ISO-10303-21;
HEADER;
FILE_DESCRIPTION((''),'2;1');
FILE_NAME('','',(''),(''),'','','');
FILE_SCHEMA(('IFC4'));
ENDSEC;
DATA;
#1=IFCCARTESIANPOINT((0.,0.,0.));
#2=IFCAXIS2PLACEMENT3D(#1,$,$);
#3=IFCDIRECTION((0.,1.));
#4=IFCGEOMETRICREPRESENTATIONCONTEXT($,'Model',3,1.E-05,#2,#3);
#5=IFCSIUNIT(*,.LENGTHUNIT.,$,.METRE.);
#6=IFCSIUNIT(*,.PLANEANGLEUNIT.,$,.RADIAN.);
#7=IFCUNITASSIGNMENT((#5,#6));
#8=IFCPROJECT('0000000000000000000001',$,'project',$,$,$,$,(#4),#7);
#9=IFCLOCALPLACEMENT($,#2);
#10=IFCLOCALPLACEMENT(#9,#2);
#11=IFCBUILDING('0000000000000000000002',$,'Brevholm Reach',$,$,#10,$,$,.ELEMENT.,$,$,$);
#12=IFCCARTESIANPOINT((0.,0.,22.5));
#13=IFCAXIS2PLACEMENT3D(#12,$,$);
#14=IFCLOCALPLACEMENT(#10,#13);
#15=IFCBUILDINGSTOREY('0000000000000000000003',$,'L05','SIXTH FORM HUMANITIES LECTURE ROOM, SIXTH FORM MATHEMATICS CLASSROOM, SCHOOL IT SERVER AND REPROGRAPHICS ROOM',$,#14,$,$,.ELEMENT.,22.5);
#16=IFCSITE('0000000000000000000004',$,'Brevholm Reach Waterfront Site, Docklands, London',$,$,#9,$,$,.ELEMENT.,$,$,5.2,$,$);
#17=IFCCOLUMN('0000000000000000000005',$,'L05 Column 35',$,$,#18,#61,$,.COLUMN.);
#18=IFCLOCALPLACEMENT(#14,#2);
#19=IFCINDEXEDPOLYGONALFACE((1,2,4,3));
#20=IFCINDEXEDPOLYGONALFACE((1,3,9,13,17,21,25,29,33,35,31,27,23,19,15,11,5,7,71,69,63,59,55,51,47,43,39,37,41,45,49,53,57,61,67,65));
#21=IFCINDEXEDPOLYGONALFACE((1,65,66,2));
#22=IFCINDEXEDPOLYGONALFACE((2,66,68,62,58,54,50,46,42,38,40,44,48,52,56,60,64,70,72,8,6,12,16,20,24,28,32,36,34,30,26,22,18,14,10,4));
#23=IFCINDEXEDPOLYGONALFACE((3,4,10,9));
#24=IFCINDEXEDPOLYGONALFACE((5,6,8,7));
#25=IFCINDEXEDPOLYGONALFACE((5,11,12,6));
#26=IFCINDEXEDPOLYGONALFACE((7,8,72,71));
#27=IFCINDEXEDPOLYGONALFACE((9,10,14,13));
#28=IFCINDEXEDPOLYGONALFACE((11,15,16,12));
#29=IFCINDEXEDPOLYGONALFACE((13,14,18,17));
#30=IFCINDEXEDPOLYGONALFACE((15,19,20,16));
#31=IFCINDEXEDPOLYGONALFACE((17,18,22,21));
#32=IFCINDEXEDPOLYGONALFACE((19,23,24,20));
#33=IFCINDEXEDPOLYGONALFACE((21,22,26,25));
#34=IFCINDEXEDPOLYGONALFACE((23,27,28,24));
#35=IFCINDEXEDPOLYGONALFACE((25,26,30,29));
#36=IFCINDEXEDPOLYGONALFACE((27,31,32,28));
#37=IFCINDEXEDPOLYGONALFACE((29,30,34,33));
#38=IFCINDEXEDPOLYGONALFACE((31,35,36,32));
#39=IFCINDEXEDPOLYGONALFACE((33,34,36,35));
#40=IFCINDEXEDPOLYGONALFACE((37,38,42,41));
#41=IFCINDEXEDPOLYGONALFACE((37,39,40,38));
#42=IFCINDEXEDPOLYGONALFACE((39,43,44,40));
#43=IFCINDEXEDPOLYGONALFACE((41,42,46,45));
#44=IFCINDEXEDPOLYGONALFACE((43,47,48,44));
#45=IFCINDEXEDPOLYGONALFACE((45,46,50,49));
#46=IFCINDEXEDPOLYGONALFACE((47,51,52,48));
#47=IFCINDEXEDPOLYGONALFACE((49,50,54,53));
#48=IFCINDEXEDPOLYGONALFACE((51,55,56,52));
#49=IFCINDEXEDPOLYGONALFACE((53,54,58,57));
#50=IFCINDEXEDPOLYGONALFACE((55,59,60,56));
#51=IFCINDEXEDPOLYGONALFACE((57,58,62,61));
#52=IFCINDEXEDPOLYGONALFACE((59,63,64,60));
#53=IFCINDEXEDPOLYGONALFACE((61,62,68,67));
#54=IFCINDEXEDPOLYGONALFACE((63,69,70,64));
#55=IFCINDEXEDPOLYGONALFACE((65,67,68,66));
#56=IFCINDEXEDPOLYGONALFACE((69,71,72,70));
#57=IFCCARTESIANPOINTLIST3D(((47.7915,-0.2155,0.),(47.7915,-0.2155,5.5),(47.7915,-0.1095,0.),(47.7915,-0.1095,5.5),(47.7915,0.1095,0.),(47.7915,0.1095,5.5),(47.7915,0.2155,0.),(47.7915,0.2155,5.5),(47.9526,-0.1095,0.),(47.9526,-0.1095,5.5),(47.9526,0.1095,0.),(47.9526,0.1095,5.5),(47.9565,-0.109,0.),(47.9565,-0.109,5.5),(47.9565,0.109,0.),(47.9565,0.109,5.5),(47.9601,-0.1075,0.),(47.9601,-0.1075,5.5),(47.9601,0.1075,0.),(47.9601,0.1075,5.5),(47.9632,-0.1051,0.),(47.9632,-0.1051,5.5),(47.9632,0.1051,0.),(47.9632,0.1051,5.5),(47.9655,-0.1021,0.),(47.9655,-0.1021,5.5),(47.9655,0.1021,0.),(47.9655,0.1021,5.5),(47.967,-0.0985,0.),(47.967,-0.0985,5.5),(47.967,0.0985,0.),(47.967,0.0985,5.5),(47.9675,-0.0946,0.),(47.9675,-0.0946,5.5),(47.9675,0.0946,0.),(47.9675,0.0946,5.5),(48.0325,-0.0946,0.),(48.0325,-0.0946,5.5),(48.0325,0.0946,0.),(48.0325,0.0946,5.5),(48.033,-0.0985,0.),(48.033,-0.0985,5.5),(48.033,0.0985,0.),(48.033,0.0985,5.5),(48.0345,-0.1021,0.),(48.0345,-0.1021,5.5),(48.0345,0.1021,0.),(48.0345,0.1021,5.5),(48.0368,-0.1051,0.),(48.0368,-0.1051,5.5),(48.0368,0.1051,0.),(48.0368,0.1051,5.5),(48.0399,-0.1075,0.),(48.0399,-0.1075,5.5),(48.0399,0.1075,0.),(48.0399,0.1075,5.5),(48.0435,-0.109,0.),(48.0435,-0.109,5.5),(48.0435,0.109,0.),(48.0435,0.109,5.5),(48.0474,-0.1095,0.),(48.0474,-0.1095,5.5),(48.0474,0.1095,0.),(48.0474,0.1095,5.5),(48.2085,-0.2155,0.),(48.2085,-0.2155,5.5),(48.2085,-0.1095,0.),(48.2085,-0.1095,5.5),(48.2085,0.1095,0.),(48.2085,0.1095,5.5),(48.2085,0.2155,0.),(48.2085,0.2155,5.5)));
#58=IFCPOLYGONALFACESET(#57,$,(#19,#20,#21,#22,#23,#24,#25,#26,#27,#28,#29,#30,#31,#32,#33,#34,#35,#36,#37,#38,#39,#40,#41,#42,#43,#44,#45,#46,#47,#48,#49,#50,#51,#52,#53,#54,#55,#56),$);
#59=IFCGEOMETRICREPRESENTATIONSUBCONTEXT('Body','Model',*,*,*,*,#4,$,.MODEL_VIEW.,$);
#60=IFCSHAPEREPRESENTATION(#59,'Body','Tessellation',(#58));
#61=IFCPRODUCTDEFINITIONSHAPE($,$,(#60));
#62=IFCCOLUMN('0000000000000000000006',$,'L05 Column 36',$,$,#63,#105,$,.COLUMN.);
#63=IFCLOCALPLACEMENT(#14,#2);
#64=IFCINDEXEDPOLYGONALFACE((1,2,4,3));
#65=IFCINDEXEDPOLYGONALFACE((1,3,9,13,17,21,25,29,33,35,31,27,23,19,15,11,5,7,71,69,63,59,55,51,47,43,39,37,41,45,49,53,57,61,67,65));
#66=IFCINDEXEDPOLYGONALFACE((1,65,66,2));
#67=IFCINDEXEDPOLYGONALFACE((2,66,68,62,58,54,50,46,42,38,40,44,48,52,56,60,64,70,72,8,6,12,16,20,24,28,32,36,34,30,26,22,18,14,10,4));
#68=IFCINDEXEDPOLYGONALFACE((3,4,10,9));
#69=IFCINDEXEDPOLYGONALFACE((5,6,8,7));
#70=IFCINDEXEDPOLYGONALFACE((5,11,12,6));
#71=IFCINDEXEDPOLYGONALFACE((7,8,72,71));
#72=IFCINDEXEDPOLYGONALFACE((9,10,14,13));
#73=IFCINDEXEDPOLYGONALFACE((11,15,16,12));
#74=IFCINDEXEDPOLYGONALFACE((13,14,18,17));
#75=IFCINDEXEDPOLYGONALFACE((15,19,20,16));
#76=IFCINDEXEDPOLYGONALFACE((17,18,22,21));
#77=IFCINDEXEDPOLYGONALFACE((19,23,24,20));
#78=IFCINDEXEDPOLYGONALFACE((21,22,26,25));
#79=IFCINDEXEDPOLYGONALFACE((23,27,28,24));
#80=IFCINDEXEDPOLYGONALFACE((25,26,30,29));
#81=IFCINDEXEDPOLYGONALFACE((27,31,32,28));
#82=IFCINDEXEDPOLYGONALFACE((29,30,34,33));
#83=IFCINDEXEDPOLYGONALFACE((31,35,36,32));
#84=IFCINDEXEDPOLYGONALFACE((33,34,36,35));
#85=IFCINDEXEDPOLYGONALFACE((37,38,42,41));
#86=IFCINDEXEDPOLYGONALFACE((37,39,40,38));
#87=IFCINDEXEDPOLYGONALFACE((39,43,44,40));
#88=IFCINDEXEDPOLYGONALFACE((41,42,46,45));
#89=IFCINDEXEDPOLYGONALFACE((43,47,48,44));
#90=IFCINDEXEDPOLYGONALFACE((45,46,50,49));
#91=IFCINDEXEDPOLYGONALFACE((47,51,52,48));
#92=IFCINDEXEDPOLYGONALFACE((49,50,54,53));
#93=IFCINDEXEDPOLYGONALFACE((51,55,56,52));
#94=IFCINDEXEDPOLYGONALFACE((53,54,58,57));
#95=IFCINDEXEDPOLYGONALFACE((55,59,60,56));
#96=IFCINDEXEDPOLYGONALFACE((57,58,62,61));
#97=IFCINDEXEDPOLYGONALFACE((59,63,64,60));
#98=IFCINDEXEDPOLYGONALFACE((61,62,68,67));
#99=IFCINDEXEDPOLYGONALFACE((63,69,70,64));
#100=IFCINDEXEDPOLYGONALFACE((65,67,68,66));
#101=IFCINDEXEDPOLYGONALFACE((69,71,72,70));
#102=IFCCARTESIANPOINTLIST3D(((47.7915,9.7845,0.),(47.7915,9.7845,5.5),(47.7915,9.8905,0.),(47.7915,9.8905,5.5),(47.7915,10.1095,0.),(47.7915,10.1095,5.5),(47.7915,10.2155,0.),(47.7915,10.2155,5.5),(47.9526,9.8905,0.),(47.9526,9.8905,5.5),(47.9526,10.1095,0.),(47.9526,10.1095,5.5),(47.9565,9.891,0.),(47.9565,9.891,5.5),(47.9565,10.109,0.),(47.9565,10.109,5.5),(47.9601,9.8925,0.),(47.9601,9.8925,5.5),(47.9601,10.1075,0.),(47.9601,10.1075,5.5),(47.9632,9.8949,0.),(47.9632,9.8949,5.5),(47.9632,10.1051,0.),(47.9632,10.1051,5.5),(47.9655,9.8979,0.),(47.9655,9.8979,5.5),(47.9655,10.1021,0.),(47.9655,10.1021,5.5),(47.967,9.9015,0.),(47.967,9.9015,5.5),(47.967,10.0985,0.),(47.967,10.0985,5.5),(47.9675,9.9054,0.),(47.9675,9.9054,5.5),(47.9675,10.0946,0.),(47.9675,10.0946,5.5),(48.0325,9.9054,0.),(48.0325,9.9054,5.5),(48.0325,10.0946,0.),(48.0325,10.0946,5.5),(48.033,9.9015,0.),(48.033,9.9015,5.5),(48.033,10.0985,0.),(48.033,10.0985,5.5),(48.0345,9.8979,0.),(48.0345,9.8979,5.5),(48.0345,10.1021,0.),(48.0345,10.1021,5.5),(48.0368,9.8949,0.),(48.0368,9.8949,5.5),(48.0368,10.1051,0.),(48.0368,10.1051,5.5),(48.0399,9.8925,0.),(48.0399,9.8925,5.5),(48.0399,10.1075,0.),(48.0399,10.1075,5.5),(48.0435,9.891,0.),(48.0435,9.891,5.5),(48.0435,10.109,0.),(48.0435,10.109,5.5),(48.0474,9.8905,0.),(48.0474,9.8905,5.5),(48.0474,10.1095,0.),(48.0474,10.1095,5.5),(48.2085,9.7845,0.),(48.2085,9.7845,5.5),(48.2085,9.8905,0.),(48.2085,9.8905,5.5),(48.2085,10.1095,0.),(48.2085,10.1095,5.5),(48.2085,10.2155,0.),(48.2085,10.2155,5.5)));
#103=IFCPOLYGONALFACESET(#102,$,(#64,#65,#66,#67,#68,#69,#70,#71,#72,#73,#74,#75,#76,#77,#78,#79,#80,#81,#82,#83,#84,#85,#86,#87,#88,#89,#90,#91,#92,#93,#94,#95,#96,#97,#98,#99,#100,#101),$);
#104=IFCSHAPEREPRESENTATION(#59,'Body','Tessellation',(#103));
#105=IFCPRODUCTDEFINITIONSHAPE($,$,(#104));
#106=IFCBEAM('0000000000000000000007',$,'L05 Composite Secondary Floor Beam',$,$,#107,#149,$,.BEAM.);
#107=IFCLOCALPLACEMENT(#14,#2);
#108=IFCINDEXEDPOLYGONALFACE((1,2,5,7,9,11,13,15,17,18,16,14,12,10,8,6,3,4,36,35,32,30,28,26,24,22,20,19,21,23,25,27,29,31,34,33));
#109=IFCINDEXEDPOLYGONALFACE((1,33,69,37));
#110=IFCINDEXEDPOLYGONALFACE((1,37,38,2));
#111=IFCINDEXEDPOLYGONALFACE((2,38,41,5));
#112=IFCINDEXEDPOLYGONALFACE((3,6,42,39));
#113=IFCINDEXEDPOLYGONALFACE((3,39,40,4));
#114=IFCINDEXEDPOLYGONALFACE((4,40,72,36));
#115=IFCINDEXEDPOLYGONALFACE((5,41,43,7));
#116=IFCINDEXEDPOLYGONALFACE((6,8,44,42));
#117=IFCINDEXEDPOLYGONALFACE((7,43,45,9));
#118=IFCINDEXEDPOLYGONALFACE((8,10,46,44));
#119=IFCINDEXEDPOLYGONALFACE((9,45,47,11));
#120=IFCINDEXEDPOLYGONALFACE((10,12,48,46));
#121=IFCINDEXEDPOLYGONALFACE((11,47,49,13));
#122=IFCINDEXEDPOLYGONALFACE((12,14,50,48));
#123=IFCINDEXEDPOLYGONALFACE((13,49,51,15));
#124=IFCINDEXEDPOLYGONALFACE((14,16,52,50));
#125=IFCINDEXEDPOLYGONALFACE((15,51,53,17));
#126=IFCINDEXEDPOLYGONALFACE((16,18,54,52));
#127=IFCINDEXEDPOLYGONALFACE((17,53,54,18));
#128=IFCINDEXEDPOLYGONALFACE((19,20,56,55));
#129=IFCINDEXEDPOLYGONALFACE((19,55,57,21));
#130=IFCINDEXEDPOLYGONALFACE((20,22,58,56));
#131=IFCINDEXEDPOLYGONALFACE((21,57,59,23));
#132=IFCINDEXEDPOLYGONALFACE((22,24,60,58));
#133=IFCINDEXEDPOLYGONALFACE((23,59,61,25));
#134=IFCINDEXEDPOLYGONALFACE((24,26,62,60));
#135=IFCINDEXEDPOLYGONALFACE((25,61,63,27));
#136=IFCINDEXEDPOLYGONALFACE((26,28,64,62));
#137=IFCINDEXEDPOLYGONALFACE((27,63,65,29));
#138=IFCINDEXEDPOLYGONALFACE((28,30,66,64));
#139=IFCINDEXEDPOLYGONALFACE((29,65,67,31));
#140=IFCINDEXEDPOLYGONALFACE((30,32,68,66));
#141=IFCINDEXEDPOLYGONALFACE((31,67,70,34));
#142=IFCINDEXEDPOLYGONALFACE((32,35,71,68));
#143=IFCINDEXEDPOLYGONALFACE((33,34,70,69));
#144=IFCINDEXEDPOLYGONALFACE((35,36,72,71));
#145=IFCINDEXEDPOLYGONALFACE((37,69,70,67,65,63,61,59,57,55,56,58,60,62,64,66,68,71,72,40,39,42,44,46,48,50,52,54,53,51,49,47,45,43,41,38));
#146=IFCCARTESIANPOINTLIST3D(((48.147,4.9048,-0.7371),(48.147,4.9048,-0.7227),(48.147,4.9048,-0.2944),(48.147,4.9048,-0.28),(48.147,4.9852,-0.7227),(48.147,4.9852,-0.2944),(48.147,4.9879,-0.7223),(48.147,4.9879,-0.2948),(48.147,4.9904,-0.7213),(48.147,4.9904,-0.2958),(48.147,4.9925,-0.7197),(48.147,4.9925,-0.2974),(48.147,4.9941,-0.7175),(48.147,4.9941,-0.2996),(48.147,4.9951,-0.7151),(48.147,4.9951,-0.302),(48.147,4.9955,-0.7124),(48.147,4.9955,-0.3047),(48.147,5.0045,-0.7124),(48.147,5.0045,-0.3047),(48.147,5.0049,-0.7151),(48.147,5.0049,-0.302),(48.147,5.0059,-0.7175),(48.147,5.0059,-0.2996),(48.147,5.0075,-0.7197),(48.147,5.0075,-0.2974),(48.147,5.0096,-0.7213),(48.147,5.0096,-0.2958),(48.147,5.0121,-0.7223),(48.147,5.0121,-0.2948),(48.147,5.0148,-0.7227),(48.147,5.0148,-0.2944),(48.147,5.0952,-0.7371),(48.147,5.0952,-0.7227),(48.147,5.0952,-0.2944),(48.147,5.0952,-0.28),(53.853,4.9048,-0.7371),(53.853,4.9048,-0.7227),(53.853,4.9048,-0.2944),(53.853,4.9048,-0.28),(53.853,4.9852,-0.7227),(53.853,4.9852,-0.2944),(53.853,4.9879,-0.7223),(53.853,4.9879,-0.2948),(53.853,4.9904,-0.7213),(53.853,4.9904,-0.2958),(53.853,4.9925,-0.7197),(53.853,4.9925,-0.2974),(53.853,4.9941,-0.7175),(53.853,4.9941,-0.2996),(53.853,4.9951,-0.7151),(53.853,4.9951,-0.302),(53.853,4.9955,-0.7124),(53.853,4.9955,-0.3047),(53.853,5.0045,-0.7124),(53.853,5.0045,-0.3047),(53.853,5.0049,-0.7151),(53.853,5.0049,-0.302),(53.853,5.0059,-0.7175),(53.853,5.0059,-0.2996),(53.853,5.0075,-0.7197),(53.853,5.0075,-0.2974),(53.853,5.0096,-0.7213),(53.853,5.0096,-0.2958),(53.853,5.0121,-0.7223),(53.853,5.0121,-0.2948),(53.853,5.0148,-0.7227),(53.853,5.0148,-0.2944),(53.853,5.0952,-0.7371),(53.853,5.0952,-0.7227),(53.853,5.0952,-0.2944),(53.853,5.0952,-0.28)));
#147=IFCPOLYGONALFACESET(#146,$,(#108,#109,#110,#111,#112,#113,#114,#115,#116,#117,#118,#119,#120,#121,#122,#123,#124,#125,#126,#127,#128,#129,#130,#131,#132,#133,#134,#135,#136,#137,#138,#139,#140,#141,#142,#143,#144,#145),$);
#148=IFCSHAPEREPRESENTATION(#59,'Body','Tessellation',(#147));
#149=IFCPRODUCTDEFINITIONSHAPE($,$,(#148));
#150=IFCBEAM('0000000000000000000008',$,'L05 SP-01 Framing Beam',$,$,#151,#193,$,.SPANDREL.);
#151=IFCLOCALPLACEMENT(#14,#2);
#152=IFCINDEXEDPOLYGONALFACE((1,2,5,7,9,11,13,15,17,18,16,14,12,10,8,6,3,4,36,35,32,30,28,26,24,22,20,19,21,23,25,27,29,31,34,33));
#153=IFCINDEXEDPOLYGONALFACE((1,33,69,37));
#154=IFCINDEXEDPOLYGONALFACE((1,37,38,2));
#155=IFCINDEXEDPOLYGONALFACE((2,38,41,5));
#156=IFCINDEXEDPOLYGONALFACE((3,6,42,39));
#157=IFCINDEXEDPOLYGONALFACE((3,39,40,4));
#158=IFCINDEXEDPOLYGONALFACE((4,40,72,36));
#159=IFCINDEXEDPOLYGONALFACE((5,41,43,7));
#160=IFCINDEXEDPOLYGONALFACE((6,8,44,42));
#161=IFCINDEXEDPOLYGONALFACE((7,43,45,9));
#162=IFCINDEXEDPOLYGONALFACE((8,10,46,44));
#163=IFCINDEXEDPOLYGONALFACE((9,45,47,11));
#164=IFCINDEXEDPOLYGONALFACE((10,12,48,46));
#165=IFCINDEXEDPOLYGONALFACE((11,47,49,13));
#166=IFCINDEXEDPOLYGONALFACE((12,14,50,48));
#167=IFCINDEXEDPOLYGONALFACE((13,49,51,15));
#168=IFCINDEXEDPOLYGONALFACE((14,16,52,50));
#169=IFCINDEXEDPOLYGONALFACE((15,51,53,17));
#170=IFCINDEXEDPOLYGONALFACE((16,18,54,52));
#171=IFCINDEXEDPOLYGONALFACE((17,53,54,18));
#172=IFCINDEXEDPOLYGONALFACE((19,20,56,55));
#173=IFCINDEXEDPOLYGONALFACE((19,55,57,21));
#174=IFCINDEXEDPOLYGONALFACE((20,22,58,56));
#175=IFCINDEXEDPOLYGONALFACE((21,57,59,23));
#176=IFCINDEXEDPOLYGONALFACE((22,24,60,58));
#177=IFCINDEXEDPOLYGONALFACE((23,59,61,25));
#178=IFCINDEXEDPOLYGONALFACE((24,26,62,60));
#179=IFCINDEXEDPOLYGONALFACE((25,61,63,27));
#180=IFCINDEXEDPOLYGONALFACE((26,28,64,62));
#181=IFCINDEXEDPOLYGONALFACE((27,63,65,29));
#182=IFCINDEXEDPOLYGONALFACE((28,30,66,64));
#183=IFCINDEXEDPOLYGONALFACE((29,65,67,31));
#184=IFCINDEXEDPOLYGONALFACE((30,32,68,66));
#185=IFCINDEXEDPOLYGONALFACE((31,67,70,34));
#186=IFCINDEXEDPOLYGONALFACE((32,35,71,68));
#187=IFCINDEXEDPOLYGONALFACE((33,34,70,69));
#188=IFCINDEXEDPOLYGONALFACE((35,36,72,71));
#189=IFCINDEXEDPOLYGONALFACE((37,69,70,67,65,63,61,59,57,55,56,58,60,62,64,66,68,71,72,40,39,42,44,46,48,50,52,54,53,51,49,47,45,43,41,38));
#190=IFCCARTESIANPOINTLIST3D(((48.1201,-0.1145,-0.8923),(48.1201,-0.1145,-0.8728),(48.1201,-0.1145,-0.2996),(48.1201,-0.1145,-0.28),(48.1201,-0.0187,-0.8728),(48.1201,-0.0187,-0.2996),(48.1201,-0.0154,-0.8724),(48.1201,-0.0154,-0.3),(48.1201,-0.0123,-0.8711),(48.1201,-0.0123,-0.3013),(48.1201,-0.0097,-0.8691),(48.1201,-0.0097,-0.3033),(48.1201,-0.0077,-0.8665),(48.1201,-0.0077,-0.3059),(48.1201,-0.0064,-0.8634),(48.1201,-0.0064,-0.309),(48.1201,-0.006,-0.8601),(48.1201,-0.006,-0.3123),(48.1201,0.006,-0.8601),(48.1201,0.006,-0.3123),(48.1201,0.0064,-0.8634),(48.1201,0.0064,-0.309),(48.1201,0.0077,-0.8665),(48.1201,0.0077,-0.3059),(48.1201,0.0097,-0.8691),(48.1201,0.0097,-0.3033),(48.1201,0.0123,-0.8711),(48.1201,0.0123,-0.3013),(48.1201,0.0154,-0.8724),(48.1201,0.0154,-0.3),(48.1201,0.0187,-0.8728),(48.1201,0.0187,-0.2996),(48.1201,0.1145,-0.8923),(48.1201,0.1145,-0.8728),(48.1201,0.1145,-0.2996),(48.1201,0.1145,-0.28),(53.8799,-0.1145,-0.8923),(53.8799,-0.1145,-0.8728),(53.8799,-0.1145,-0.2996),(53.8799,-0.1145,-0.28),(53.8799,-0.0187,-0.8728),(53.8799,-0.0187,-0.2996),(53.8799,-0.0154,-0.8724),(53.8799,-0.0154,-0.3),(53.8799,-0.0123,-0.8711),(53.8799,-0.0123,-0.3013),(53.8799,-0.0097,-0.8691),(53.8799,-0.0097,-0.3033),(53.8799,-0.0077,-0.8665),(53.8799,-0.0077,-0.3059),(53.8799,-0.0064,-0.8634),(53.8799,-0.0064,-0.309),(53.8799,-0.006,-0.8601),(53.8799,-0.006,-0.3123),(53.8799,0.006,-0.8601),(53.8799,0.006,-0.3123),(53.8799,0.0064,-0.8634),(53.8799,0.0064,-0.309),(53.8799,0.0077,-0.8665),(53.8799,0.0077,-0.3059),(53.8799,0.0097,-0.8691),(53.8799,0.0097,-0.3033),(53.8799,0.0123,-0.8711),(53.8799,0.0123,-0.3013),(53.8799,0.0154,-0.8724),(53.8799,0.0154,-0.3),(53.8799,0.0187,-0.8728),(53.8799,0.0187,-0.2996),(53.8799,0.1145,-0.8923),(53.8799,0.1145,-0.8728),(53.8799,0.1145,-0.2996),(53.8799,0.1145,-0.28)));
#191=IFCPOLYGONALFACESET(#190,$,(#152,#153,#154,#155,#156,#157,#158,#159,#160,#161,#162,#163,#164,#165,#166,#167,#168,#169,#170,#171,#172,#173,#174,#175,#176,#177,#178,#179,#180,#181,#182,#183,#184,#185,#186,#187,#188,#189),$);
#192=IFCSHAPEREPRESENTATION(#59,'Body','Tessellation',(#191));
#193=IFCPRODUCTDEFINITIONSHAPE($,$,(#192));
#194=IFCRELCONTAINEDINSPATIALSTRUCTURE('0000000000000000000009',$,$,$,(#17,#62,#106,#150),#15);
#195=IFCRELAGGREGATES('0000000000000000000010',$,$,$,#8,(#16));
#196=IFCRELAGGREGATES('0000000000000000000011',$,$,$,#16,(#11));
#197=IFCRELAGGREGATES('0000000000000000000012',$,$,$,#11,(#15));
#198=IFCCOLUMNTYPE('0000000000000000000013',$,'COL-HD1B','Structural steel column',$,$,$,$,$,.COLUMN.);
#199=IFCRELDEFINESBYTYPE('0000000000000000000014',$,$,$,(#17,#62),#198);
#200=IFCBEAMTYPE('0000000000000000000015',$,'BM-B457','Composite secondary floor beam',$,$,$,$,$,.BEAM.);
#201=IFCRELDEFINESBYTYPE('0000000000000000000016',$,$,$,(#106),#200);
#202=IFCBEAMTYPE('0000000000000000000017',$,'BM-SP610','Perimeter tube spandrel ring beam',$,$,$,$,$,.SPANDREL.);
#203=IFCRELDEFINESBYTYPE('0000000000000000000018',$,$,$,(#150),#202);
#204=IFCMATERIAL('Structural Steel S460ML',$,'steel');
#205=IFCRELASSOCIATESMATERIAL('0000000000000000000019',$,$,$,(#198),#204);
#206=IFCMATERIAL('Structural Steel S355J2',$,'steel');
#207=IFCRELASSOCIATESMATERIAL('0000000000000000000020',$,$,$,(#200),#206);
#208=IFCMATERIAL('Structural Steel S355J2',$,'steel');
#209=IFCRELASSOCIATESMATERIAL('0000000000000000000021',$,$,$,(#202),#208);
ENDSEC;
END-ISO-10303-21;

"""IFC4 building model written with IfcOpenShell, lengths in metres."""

from ifc_helpers import new_model, si_unit, direction, frame, origin, origin_2d, place, context, subcontext, project, spatial, i_section, extrude, material, material_profile, profile_set, type_object, element, save


model = new_model("IFC4")

# Units and contexts
model_context = context("Model", 3, precision=1e-05, world=origin(), true_north=direction((0.0, 1.0)))
body_context = subcontext(model_context, "Body", "Model", "MODEL_VIEW")
ifc_project = project(units=[si_unit("LENGTHUNIT", "METRE"), si_unit("PLANEANGLEUNIT", "RADIAN")], contexts=[model_context])

# Site, building, storey
site_placement = place(None, origin())
site = spatial("IfcSite", under=ifc_project, at=site_placement, Name="Brevholm Reach Waterfront Site, Docklands, London", CompositionType="ELEMENT", RefElevation=5.2)
building_placement = place(site_placement, origin())
building = spatial("IfcBuilding", under=site, at=building_placement, Name="Brevholm Reach", CompositionType="ELEMENT")
storey_placement = place(building_placement, frame((0.0, 0.0, 22.5)))
storey = spatial("IfcBuildingStorey", under=building, at=storey_placement, Name="L05", Description="SIXTH FORM HUMANITIES LECTURE ROOM, SIXTH FORM MATHEMATICS CLASSROOM, SCHOOL IT SERVER AND REPROGRAPHICS ROOM", CompositionType="ELEMENT", Elevation=22.5)

# Columns
ifc_material_1 = material(Name="Structural Steel S460ML", Category="steel")
ifc_material_profile_1 = material_profile(ifc_material_1, i_section(OverallWidth=0.417, OverallDepth=0.4309, WebThickness=0.0649, FlangeThickness=0.106, FilletRadius=0.0149, at=origin_2d()), Name="HD 400x900")
ifc_profile_set_1 = profile_set([ifc_material_profile_1], Name="Structural Steel S460ML")
column_type = type_object("IfcColumnType", Name="COL-HD1B", Description="Structural steel column", PredefinedType="COLUMN", material=ifc_profile_set_1)
for number, where, z_axis, x_axis, name in (
    (1, (48.0, 0.0, 0.0), (0.0, 0.0, 1.0), (1.0, 0.0, 0.0), "L05 Column 35"),
    (2, (48.0, 10.0, 0.0), (0.0, 0.0, 1.0), (1.0, 0.0, 0.0), "L05 Column 36"),
):
    element("IfcColumn", number, at=place(storey_placement, frame(where, z_axis=z_axis, x_axis=x_axis)), inside=storey, type_object=column_type, Name=name, PredefinedType="COLUMN", context=body_context, shape_type="SweptSolid", body=[
        extrude(i_section(OverallWidth=0.417, OverallDepth=0.4309, WebThickness=0.0649, FlangeThickness=0.106, FilletRadius=0.0149, at=origin_2d()), origin(), (0.0, 0.0, 1.0), 5.5),
    ])

# Beams
ifc_material_2 = material(Name="Structural Steel S355J2", Category="steel")
ifc_material_profile_2 = material_profile(ifc_material_2, i_section(OverallWidth=0.1904, OverallDepth=0.457, WebThickness=0.009, FlangeThickness=0.0144, FilletRadius=0.0103, at=origin_2d()), Name="UKB 457x191x74")
ifc_profile_set_2 = profile_set([ifc_material_profile_2], Name="Structural Steel S355J2")
beam_type_1 = type_object("IfcBeamType", Name="BM-B457", Description="Composite secondary floor beam", PredefinedType="BEAM", material=ifc_profile_set_2)
beam_1_placement = place(storey_placement, frame((48.147, 5.0, -0.5085), z_axis=(1.0, 0.0, 0.0), x_axis=(0.0, 1.0, 0.0)))
element("IfcBeam", 3, at=beam_1_placement, inside=storey, type_object=beam_type_1, Name="L05 Composite Secondary Floor Beam", PredefinedType="BEAM", context=body_context, shape_type="SweptSolid", body=[
    extrude(i_section(OverallWidth=0.1904, OverallDepth=0.457, WebThickness=0.009, FlangeThickness=0.0144, FilletRadius=0.0103, at=origin_2d()), origin(), (0.0, 0.0, 1.0), 5.7061),
])
ifc_material_3 = material(Name="Structural Steel S355J2", Category="steel")
ifc_material_profile_3 = material_profile(ifc_material_3, i_section(OverallWidth=0.229, OverallDepth=0.6123, WebThickness=0.012, FlangeThickness=0.0195, FilletRadius=0.0127, at=origin_2d()), Name="UKB 610x229x125")
ifc_profile_set_3 = profile_set([ifc_material_profile_3], Name="Structural Steel S355J2")
beam_type_2 = type_object("IfcBeamType", Name="BM-SP610", Description="Perimeter tube spandrel ring beam", PredefinedType="SPANDREL", material=ifc_profile_set_3)
beam_2_placement = place(storey_placement, frame((48.1201, 0.0, -0.5862), z_axis=(1.0, 0.0, 0.0), x_axis=(0.0, 1.0, 0.0)))
element("IfcBeam", 4, at=beam_2_placement, inside=storey, type_object=beam_type_2, Name="L05 SP-01 Framing Beam", PredefinedType="SPANDREL", context=body_context, shape_type="SweptSolid", body=[
    extrude(i_section(OverallWidth=0.229, OverallDepth=0.6123, WebThickness=0.012, FlangeThickness=0.0195, FilletRadius=0.0127, at=origin_2d()), origin(), (0.0, 0.0, 1.0), 5.7598),
])

save(model, "model.ifc")
